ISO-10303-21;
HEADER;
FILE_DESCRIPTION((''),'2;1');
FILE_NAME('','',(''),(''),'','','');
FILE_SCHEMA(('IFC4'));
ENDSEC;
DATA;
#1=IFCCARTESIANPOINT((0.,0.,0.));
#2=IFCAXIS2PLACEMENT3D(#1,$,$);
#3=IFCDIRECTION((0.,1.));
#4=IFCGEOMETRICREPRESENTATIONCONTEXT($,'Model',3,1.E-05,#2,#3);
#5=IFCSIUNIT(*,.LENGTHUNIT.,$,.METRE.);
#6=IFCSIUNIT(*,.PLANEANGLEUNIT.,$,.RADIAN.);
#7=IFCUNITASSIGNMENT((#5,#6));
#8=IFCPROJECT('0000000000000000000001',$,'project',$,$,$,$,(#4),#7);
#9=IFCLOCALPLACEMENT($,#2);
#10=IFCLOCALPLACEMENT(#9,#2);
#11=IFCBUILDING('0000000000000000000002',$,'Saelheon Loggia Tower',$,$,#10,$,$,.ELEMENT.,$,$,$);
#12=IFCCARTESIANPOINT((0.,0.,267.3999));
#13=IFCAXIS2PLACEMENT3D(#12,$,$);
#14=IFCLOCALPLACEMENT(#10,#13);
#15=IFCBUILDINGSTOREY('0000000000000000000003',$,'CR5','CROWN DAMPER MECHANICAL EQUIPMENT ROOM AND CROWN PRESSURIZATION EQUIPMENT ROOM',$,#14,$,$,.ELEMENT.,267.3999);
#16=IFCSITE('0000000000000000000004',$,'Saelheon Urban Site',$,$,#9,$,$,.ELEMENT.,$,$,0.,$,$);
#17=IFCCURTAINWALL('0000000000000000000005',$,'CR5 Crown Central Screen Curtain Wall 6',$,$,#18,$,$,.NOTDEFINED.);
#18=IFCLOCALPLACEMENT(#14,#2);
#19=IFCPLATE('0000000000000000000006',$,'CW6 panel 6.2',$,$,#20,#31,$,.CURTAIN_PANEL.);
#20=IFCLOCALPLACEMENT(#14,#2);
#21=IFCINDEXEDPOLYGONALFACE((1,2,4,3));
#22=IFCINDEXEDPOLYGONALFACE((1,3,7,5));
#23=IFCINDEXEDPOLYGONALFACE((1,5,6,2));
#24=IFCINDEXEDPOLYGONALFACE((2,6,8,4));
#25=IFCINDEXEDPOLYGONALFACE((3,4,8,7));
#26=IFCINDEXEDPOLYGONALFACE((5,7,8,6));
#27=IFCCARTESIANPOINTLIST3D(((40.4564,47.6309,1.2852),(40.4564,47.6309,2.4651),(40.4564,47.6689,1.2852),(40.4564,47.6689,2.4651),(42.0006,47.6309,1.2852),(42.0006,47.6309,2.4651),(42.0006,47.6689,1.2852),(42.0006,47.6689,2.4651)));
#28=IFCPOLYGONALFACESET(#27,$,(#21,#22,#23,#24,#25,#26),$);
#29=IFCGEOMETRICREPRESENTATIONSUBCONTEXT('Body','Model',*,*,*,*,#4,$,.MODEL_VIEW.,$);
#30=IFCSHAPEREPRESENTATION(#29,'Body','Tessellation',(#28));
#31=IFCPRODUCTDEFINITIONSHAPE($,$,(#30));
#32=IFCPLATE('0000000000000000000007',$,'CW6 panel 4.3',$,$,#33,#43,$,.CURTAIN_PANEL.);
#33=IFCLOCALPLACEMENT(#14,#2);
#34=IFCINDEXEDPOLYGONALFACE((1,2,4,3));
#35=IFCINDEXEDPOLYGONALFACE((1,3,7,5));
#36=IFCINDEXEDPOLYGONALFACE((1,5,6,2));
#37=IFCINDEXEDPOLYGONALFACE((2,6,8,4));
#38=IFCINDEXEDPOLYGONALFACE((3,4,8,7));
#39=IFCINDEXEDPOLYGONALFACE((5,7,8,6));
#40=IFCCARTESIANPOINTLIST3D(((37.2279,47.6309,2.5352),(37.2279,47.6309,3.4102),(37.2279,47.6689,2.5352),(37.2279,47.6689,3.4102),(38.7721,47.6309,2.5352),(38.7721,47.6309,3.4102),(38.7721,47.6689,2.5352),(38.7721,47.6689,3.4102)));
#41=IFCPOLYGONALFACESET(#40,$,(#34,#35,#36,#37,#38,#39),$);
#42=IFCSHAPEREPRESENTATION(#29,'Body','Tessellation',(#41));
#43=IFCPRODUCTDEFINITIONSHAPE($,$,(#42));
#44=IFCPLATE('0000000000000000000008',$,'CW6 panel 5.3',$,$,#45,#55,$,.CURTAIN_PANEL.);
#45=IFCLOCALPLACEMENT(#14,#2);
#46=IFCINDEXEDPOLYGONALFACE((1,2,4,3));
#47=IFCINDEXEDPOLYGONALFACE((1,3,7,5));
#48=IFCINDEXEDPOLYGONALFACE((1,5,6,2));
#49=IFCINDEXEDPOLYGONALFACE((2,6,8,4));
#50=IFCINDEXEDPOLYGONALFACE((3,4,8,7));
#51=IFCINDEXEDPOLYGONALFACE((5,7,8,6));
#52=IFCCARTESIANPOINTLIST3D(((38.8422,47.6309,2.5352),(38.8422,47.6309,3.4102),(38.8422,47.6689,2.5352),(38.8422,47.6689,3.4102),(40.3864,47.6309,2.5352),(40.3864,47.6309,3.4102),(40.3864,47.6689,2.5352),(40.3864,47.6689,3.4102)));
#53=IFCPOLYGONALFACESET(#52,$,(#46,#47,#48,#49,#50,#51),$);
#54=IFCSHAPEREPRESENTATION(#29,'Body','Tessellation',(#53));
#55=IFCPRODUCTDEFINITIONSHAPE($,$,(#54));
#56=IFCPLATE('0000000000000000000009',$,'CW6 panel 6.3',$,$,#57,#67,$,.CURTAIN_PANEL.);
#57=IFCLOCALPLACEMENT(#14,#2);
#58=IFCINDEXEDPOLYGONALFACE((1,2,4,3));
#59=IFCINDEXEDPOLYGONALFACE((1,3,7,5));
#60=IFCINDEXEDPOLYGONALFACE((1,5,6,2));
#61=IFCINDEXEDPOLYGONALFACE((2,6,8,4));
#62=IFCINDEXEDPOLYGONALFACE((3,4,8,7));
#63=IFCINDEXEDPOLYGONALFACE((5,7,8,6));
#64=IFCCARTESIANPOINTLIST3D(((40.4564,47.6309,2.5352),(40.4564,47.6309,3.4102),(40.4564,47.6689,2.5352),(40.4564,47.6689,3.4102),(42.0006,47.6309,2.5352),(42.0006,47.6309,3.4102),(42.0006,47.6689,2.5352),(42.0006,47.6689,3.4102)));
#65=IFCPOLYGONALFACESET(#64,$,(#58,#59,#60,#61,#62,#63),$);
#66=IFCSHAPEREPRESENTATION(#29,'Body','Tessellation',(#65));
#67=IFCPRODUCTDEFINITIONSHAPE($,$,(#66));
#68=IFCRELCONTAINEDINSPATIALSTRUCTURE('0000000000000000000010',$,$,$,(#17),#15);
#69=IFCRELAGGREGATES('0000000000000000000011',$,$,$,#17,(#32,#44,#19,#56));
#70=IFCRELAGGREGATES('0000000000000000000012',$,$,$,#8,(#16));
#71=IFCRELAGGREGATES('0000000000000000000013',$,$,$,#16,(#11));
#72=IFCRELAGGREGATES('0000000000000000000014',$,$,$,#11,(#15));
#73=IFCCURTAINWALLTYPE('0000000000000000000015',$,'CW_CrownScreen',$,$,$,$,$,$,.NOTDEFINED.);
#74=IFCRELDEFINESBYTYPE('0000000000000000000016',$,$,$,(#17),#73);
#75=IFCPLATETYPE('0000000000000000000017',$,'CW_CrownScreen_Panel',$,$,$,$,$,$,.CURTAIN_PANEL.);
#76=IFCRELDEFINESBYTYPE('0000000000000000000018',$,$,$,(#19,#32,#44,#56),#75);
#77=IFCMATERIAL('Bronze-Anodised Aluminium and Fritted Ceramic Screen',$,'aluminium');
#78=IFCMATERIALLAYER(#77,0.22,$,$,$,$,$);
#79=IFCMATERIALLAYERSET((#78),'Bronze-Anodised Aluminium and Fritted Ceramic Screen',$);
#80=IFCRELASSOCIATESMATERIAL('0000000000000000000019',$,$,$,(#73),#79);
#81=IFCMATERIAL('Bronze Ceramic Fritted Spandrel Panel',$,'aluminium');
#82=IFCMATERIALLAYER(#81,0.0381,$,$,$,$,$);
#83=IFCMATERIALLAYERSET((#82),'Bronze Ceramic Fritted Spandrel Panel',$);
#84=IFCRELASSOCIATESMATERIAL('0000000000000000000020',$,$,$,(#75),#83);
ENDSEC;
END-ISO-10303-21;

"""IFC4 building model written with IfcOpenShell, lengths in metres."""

from ifc_helpers import new_model, si_unit, direction, frame, origin, origin_2d, place, context, subcontext, project, spatial, rectangle, extrude, source, transform, mapped, material, layer, layer_set, type_object, element, aggregate, save


model = new_model("IFC4")

# Units and contexts
model_context = context("Model", 3, precision=1e-05, world=origin(), true_north=direction((0.0, 1.0)))
body_context = subcontext(model_context, "Body", "Model", "MODEL_VIEW")
ifc_project = project(units=[si_unit("LENGTHUNIT", "METRE"), si_unit("PLANEANGLEUNIT", "RADIAN")], contexts=[model_context])

# Site, building, storey
site_placement = place(None, origin())
site = spatial("IfcSite", under=ifc_project, at=site_placement, Name="Saelheon Urban Site", CompositionType="ELEMENT", RefElevation=0.0)
building_placement = place(site_placement, origin())
building = spatial("IfcBuilding", under=site, at=building_placement, Name="Saelheon Loggia Tower", CompositionType="ELEMENT")
storey_placement = place(building_placement, frame((0.0, 0.0, 267.3999)))
storey = spatial("IfcBuildingStorey", under=building, at=storey_placement, Name="CR5", Description="CROWN DAMPER MECHANICAL EQUIPMENT ROOM AND CROWN PRESSURIZATION EQUIPMENT ROOM", CompositionType="ELEMENT", Elevation=267.3999)

# Curtain wall, plates
ifc_material_1 = material(Name="Bronze-Anodised Aluminium and Fritted Ceramic Screen", Category="aluminium")
ifc_layer_1 = layer(ifc_material_1, 0.22)
ifc_layer_set_1 = layer_set([ifc_layer_1], Name="Bronze-Anodised Aluminium and Fritted Ceramic Screen")
curtain_wall_type = type_object("IfcCurtainWallType", Name="CW_CrownScreen", PredefinedType="NOTDEFINED", material=ifc_layer_set_1)
curtain_wall_placement = place(storey_placement, origin())
curtain_wall = element("IfcCurtainWall", 1, at=curtain_wall_placement, inside=storey, type_object=curtain_wall_type, Name="CR5 Crown Central Screen Curtain Wall 6", PredefinedType="NOTDEFINED")
ifc_material_2 = material(Name="Bronze Ceramic Fritted Spandrel Panel", Category="aluminium")
ifc_layer_2 = layer(ifc_material_2, 0.0381)
ifc_layer_set_2 = layer_set([ifc_layer_2], Name="Bronze Ceramic Fritted Spandrel Panel")
plate_type = type_object("IfcPlateType", Name="CW_CrownScreen_Panel", PredefinedType="CURTAIN_PANEL", material=ifc_layer_set_2)
shared_shape_1 = source(origin(), body_context, "Body", "SweptSolid", [
    extrude(rectangle(XDim=1.5442, YDim=0.0381, at=origin_2d()), origin(), (0.0, 0.0, 1.0), 1.1799),
])
plate_1_placement = place(storey_placement, frame((41.2285, 47.6499, 1.2852), z_axis=(0.0, 0.0, 1.0), x_axis=(1.0, 0.0, 0.0)))
plate_1 = element("IfcPlate", 2, at=plate_1_placement, type_object=plate_type, Name="CW6 panel 6.2", PredefinedType="CURTAIN_PANEL", context=body_context, shape_type="MappedRepresentation", body=[
    mapped(shared_shape_1, transform((0.0, 0.0, 0.0), scale=1.0)),
])
shared_shape_2 = source(origin(), body_context, "Body", "SweptSolid", [
    extrude(rectangle(XDim=1.5442, YDim=0.0381, at=origin_2d()), origin(), (0.0, 0.0, 1.0), 0.875),
])
plate_2_placement = place(storey_placement, frame((38.0, 47.6499, 2.5352), z_axis=(0.0, 0.0, 1.0), x_axis=(1.0, 0.0, 0.0)))
plate_2 = element("IfcPlate", 3, at=plate_2_placement, type_object=plate_type, Name="CW6 panel 4.3", PredefinedType="CURTAIN_PANEL", context=body_context, shape_type="MappedRepresentation", body=[
    mapped(shared_shape_2, transform((0.0, 0.0, 0.0), scale=1.0)),
])
plate_3_placement = place(storey_placement, frame((39.6143, 47.6499, 2.5352), z_axis=(0.0, 0.0, 1.0), x_axis=(1.0, 0.0, 0.0)))
plate_3 = element("IfcPlate", 4, at=plate_3_placement, type_object=plate_type, Name="CW6 panel 5.3", PredefinedType="CURTAIN_PANEL", context=body_context, shape_type="MappedRepresentation", body=[
    mapped(shared_shape_2, transform((0.0, 0.0, 0.0), scale=1.0)),
])
plate_4_placement = place(storey_placement, frame((41.2285, 47.6499, 2.5352), z_axis=(0.0, 0.0, 1.0), x_axis=(1.0, 0.0, 0.0)))
plate_4 = element("IfcPlate", 5, at=plate_4_placement, type_object=plate_type, Name="CW6 panel 6.3", PredefinedType="CURTAIN_PANEL", context=body_context, shape_type="MappedRepresentation", body=[
    mapped(shared_shape_2, transform((0.0, 0.0, 0.0), scale=1.0)),
])
aggregate(curtain_wall, [plate_2, plate_3, plate_1, plate_4])

save(model, "model.ifc")
